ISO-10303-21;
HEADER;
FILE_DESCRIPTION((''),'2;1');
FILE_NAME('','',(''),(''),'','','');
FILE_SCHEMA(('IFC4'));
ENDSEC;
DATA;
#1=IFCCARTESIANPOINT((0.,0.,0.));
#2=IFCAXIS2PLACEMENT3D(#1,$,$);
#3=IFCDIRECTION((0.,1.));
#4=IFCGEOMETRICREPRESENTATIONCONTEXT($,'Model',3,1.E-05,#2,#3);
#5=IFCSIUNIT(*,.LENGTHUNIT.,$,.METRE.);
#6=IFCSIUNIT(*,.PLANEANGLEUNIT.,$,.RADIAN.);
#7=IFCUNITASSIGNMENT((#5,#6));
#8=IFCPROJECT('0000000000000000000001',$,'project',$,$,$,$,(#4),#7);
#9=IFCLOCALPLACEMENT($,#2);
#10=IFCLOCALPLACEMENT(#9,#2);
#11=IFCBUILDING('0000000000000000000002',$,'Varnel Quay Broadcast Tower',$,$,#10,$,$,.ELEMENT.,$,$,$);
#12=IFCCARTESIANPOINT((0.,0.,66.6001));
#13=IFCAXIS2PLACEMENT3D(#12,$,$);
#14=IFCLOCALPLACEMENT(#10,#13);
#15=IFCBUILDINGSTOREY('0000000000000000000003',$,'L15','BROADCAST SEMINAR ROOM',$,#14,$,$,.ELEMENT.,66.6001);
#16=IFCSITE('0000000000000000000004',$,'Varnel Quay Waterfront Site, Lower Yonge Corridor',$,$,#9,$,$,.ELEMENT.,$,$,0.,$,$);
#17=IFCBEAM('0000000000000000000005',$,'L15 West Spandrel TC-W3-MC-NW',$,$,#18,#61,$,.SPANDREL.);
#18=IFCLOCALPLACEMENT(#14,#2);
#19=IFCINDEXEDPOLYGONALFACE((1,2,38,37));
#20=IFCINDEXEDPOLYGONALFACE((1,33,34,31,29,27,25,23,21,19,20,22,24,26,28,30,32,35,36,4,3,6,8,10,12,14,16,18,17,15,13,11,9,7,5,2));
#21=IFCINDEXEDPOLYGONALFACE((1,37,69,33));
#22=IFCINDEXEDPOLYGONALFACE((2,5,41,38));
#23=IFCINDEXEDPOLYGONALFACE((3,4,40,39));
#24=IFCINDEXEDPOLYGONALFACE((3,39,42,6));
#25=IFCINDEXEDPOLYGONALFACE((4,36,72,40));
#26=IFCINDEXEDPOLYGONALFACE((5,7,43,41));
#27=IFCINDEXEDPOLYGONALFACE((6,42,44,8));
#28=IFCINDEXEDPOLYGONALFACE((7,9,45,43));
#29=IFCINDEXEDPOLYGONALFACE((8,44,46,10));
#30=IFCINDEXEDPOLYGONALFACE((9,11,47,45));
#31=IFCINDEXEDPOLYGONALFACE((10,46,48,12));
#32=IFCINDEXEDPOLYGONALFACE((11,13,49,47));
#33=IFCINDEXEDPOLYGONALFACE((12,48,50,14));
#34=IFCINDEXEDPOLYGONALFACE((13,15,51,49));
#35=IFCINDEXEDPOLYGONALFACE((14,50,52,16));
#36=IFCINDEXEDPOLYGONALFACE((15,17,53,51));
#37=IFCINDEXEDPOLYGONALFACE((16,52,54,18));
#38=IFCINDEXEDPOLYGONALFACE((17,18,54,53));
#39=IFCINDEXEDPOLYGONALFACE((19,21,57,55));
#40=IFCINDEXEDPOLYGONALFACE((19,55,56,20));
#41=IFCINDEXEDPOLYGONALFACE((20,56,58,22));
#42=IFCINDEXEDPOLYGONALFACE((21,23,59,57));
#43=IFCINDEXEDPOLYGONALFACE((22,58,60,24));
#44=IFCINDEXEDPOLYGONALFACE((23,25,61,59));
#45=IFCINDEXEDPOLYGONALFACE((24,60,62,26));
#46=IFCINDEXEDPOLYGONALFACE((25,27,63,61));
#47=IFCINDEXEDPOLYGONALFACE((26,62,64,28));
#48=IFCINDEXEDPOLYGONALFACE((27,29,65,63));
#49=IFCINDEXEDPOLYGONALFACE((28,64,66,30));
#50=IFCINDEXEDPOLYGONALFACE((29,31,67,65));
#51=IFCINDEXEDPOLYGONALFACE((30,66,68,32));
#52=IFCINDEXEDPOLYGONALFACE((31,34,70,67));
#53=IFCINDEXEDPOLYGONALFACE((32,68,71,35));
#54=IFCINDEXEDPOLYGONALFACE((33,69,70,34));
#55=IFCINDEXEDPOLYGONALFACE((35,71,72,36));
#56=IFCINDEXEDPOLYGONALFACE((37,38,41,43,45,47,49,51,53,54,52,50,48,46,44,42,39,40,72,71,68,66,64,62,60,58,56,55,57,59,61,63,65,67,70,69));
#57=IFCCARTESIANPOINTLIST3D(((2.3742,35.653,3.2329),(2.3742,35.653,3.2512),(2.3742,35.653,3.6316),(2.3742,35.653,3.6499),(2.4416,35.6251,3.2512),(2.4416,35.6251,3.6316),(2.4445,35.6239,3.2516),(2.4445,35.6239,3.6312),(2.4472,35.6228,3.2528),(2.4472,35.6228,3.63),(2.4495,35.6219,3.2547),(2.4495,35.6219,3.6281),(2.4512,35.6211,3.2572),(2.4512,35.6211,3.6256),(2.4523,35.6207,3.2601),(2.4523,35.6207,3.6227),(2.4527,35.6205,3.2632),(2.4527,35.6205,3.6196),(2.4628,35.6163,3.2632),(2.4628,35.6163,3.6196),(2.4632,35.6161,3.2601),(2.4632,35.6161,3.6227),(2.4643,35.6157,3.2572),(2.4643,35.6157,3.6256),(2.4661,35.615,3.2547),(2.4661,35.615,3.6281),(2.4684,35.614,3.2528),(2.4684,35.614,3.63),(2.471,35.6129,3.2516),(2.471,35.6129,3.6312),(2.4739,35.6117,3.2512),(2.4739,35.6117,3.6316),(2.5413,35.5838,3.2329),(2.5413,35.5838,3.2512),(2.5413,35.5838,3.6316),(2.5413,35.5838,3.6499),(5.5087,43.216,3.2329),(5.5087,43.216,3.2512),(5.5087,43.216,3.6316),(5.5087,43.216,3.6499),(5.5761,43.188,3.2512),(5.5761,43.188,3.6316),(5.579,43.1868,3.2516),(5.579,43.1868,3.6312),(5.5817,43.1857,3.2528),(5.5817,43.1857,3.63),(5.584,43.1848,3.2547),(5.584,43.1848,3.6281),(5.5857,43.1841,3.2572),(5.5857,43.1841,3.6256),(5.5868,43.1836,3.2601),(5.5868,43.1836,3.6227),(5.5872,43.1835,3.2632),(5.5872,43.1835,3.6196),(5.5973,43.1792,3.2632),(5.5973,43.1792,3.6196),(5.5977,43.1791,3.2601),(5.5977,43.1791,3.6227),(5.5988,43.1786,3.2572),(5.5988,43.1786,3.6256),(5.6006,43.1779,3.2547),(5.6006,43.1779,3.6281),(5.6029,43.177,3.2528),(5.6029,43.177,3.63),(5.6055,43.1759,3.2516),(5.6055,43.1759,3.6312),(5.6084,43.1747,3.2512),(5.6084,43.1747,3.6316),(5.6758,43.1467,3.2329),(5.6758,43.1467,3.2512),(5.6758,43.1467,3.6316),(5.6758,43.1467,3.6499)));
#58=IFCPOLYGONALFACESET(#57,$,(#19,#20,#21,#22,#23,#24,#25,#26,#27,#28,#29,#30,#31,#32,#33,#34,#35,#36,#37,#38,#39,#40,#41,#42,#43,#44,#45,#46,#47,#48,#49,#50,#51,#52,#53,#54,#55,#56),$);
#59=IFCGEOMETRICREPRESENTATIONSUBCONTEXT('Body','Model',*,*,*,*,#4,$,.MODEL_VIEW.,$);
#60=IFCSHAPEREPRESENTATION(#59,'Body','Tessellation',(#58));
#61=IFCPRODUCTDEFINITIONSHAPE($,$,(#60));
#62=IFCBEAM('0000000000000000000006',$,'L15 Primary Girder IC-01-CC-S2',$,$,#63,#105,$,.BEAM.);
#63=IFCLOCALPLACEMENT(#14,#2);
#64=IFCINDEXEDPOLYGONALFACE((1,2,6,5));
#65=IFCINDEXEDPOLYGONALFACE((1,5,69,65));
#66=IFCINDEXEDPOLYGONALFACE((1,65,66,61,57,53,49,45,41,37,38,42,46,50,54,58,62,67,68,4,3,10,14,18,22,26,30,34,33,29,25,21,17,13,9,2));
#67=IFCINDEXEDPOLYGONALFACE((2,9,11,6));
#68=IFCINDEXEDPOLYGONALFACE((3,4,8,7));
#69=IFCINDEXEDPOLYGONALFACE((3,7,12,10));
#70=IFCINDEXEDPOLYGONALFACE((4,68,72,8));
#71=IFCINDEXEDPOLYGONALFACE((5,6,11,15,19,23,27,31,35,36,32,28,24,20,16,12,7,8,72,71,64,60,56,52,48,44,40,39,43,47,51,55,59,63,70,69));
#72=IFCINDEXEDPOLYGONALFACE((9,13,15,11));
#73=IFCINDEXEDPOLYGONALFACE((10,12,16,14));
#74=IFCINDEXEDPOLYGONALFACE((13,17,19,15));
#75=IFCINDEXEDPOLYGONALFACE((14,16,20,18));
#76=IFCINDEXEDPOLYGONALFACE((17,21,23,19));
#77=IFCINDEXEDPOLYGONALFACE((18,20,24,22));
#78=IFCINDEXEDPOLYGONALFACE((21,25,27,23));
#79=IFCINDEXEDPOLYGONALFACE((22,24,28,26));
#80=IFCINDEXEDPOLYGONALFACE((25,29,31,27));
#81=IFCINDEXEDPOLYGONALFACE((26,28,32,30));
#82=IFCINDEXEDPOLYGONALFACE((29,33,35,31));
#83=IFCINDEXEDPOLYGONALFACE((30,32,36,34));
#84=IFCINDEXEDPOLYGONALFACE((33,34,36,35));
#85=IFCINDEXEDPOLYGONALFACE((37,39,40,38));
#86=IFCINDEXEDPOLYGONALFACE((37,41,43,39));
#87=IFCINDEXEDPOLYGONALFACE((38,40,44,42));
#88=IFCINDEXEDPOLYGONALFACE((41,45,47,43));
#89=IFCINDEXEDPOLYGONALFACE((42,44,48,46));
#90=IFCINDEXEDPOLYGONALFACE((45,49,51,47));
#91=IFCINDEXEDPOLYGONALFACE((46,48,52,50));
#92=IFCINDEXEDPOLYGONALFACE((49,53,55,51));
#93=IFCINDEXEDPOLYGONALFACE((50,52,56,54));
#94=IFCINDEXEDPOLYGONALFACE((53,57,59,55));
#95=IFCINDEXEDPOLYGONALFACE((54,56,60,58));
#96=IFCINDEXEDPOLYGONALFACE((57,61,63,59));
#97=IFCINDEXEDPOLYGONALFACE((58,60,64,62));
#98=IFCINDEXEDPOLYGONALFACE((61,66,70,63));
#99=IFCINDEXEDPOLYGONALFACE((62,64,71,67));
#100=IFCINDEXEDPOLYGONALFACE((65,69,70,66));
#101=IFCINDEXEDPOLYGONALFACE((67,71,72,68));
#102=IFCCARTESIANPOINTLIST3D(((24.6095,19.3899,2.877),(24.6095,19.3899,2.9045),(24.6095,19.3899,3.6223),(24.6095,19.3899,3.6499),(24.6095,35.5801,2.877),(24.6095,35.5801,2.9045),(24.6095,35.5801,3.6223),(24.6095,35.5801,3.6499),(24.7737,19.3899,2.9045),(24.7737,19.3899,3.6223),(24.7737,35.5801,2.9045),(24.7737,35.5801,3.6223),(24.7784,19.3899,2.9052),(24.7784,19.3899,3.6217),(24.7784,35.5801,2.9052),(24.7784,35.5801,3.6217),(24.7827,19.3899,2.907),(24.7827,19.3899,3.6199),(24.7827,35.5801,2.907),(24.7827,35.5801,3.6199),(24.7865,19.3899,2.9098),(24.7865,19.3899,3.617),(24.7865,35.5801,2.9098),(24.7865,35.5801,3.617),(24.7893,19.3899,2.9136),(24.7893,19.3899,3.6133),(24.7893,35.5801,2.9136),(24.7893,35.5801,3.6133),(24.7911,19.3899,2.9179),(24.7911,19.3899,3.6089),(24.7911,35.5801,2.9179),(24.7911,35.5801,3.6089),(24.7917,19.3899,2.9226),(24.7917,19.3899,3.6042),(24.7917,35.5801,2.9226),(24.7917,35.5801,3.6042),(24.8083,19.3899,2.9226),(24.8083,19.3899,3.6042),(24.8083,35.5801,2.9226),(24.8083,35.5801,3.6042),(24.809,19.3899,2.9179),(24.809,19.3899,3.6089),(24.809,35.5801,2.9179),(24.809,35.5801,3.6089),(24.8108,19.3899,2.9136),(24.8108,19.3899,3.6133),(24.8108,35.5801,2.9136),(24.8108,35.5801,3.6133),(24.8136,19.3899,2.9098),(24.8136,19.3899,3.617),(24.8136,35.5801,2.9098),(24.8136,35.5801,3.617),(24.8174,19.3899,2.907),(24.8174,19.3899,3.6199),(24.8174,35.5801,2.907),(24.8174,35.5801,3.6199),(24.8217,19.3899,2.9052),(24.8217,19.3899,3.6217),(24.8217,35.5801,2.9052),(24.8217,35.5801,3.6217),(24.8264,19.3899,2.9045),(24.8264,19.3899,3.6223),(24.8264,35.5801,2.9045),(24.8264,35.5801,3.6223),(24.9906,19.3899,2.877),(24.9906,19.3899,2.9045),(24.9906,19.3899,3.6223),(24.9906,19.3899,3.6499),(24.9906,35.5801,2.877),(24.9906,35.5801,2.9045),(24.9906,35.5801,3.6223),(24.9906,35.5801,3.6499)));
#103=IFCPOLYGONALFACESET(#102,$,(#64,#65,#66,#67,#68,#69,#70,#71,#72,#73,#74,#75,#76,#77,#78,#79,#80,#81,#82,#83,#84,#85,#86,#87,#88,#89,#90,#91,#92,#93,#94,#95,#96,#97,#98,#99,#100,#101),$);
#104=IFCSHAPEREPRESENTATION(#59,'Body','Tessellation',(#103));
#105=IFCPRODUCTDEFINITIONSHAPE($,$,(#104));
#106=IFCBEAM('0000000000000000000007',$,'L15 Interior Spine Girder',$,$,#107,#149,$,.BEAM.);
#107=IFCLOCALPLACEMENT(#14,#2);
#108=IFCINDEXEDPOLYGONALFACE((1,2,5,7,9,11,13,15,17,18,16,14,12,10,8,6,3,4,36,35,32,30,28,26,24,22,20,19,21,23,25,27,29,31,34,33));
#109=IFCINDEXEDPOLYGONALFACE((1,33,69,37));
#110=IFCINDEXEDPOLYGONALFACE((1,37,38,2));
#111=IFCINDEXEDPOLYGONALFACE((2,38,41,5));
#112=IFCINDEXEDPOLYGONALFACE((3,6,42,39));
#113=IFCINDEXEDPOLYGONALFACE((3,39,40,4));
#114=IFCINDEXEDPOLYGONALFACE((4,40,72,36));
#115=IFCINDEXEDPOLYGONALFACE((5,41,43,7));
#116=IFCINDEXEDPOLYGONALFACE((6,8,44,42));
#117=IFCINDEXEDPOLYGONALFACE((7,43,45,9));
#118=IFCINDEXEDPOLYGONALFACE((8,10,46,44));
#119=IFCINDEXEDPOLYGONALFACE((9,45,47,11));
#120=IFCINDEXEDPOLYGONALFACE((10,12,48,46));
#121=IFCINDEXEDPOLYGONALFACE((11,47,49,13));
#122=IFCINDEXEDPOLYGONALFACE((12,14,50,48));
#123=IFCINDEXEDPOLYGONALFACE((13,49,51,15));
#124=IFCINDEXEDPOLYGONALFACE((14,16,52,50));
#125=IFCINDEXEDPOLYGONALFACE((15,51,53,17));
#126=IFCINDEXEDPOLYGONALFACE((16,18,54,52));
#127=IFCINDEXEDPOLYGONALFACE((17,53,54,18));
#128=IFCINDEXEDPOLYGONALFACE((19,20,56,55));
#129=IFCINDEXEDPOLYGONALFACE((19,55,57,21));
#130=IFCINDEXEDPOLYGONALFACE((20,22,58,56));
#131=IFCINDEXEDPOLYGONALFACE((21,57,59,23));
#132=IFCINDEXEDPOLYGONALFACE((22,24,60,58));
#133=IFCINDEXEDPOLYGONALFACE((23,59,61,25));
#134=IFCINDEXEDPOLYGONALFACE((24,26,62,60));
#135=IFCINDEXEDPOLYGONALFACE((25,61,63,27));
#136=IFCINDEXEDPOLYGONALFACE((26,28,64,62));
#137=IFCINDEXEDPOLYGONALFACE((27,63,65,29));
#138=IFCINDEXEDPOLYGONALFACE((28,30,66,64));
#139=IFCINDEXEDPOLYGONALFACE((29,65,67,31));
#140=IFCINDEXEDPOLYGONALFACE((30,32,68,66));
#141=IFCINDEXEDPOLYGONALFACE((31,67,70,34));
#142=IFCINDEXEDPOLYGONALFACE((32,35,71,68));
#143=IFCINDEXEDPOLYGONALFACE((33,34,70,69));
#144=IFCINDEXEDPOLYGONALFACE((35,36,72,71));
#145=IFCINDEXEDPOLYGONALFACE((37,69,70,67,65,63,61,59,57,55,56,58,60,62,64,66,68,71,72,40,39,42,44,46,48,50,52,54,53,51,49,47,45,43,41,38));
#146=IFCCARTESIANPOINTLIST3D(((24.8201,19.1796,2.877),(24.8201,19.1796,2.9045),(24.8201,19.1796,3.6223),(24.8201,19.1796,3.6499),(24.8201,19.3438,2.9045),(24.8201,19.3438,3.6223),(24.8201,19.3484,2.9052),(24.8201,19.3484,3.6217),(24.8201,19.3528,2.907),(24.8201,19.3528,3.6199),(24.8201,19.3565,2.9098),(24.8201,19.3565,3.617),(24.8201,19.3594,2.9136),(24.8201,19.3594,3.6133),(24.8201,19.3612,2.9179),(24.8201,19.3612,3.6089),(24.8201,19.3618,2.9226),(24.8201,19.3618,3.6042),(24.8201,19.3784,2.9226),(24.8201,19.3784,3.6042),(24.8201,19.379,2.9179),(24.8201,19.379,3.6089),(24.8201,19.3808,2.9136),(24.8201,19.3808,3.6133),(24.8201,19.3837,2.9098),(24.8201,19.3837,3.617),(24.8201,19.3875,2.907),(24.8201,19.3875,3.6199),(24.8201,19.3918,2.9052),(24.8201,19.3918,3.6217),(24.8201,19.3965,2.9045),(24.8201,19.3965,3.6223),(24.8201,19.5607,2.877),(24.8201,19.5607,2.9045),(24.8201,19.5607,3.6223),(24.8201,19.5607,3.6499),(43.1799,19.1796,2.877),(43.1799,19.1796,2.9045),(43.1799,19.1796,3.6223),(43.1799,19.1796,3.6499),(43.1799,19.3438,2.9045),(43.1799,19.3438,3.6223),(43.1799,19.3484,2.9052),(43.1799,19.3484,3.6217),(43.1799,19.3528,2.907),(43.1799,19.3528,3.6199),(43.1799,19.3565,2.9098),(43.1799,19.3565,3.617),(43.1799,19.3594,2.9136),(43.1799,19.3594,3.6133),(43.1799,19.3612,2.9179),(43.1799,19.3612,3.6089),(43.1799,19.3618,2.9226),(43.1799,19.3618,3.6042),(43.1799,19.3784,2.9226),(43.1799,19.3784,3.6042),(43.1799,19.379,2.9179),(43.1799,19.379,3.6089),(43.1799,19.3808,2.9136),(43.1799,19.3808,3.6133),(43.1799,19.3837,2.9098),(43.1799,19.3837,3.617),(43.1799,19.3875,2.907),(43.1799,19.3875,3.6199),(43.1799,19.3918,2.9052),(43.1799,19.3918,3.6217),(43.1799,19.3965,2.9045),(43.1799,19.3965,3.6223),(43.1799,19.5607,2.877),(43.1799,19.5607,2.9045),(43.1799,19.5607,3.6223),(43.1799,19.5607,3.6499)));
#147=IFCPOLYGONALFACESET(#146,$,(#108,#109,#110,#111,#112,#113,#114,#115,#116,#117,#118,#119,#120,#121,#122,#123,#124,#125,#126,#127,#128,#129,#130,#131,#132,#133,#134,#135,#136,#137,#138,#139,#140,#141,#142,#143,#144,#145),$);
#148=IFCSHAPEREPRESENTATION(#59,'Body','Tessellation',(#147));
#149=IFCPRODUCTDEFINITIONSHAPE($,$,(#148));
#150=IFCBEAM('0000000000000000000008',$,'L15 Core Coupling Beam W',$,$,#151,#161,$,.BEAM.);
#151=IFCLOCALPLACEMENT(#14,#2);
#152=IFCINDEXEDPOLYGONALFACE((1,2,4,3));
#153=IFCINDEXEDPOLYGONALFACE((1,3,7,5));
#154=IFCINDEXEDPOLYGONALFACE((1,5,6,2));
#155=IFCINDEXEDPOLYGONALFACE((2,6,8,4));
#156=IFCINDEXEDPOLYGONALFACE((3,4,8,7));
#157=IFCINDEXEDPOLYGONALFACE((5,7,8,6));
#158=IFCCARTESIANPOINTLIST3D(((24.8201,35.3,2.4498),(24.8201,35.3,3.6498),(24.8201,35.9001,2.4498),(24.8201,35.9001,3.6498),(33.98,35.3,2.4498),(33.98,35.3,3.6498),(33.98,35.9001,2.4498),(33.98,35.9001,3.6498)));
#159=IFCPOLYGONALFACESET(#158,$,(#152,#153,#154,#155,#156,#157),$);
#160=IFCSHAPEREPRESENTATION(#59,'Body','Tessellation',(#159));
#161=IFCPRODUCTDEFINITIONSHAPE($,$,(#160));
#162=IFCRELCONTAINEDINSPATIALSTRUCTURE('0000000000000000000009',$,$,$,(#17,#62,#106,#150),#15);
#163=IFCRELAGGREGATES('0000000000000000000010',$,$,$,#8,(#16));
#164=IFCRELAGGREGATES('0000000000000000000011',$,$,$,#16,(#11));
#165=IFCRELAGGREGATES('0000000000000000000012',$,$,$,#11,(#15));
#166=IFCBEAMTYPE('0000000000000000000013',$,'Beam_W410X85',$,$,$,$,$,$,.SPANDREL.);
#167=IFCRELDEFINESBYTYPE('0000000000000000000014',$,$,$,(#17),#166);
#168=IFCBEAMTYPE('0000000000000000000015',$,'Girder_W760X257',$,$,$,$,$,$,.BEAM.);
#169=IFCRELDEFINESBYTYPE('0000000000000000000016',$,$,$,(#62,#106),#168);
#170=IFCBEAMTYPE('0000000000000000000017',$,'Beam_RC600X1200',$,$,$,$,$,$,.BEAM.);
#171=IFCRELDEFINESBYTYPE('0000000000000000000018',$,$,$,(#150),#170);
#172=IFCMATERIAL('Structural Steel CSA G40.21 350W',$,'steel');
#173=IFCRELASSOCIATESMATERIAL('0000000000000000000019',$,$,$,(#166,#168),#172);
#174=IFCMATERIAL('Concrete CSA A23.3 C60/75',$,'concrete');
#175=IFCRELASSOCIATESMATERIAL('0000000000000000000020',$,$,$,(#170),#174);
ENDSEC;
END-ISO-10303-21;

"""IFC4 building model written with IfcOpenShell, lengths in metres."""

from ifc_helpers import new_model, si_unit, direction, frame, origin, origin_2d, place, context, subcontext, project, spatial, rectangle, i_section, extrude, source, transform, mapped, material, material_profile, profile_set, type_object, type_shapes, element, save


model = new_model("IFC4")

# Units and contexts
model_context = context("Model", 3, precision=1e-05, world=origin(), true_north=direction((0.0, 1.0)))
body_context = subcontext(model_context, "Body", "Model", "MODEL_VIEW")
ifc_project = project(units=[si_unit("LENGTHUNIT", "METRE"), si_unit("PLANEANGLEUNIT", "RADIAN")], contexts=[model_context])

# Site, building, storey
site_placement = place(None, origin())
site = spatial("IfcSite", under=ifc_project, at=site_placement, Name="Varnel Quay Waterfront Site, Lower Yonge Corridor", CompositionType="ELEMENT", RefElevation=0.0)
building_placement = place(site_placement, origin())
building = spatial("IfcBuilding", under=site, at=building_placement, Name="Varnel Quay Broadcast Tower", CompositionType="ELEMENT")
storey_placement = place(building_placement, frame((0.0, 0.0, 66.6001)))
storey = spatial("IfcBuildingStorey", under=building, at=storey_placement, Name="L15", Description="BROADCAST SEMINAR ROOM", CompositionType="ELEMENT", Elevation=66.6001)

# Shared definitions
ifc_material_1 = material(Name="Structural Steel CSA G40.21 350W", Category="steel")
ifc_material_2 = material(Name="Concrete CSA A23.3 C60/75", Category="concrete")

# Beams
ifc_material_profile_1 = material_profile(ifc_material_1, i_section(OverallWidth=0.1809, OverallDepth=0.417, WebThickness=0.011, FlangeThickness=0.0183, FilletRadius=0.012, at=origin_2d()), Name="W410X85")
ifc_profile_set_1 = profile_set([ifc_material_profile_1], Name="Structural Steel CSA G40.21 350W")
beam_type_1 = type_object("IfcBeamType", Name="Beam_W410X85", PredefinedType="SPANDREL", material=ifc_profile_set_1)
shared_shape_1 = source(origin(), body_context, "Body", "SweptSolid", [
    extrude(i_section(OverallWidth=0.1809, OverallDepth=0.417, WebThickness=0.011, FlangeThickness=0.0183, FilletRadius=0.012, at=origin_2d()), origin(), (0.0, 0.0, 1.0), 8.1868),
])
beam_1_placement = place(storey_placement, frame((2.4578, 35.6184, 3.4414), z_axis=(0.382874, 0.923801, 0.0), x_axis=(-0.923801, 0.382874, 0.0)))
element("IfcBeam", 1, at=beam_1_placement, inside=storey, type_object=beam_type_1, Name="L15 West Spandrel TC-W3-MC-NW", PredefinedType="SPANDREL", context=body_context, shape_type="MappedRepresentation", body=[
    mapped(shared_shape_1, transform((0.0, 0.0, 0.0), x_axis=(1.0, 0.0, 0.0), y_axis=(0.0, 1.0, 0.0), z_axis=(0.0, 0.0, 1.0), scale=1.0)),
])
ifc_material_profile_2 = material_profile(ifc_material_1, i_section(OverallWidth=0.3811, OverallDepth=0.7729, WebThickness=0.0166, FlangeThickness=0.0276, FilletRadius=0.0181, at=origin_2d()), Name="W760X257")
ifc_profile_set_2 = profile_set([ifc_material_profile_2], Name="Structural Steel CSA G40.21 350W")
beam_type_2 = type_object("IfcBeamType", Name="Girder_W760X257", PredefinedType="BEAM", material=ifc_profile_set_2)
shared_shape_2 = source(origin(), body_context, "Body", "SweptSolid", [
    extrude(i_section(OverallWidth=0.3811, OverallDepth=0.7729, WebThickness=0.0166, FlangeThickness=0.0276, FilletRadius=0.0181, at=origin_2d()), origin(), (0.0, 0.0, 1.0), 16.1902),
])
beam_2_placement = place(storey_placement, frame((24.8, 19.3899, 3.2634), z_axis=(0.0, 1.0, 0.0), x_axis=(-1.0, 0.0, 0.0)))
element("IfcBeam", 2, at=beam_2_placement, inside=storey, type_object=beam_type_2, Name="L15 Primary Girder IC-01-CC-S2", PredefinedType="BEAM", context=body_context, shape_type="MappedRepresentation", body=[
    mapped(shared_shape_2, transform((0.0, 0.0, 0.0), x_axis=(1.0, 0.0, 0.0), y_axis=(0.0, 1.0, 0.0), z_axis=(0.0, 0.0, 1.0), scale=1.0)),
])
shared_shape_3 = source(origin(), body_context, "Body", "SweptSolid", [
    extrude(i_section(OverallWidth=0.3811, OverallDepth=0.7729, WebThickness=0.0166, FlangeThickness=0.0276, FilletRadius=0.0181, at=origin_2d()), origin(), (0.0, 0.0, 1.0), 18.3599),
])
type_shapes(beam_type_2, [shared_shape_2, shared_shape_3])
beam_3_placement = place(storey_placement, frame((24.8201, 19.3701, 3.2634), z_axis=(1.0, 0.0, 0.0), x_axis=(0.0, 1.0, 0.0)))
element("IfcBeam", 3, at=beam_3_placement, inside=storey, type_object=beam_type_2, Name="L15 Interior Spine Girder", PredefinedType="BEAM", context=body_context, shape_type="MappedRepresentation", body=[
    mapped(shared_shape_3, transform((0.0, 0.0, 0.0), x_axis=(1.0, 0.0, 0.0), y_axis=(0.0, 1.0, 0.0), z_axis=(0.0, 0.0, 1.0), scale=1.0)),
])
ifc_material_profile_3 = material_profile(ifc_material_2, rectangle(XDim=0.6001, YDim=1.2, at=origin_2d()), Name="RC600X1200")
ifc_profile_set_3 = profile_set([ifc_material_profile_3], Name="Concrete CSA A23.3 C60/75")
beam_type_3 = type_object("IfcBeamType", Name="Beam_RC600X1200", PredefinedType="BEAM", material=ifc_profile_set_3)
shared_shape_4 = source(origin(), body_context, "Body", "SweptSolid", [
    extrude(rectangle(XDim=0.6001, YDim=1.2, at=origin_2d()), origin(), (0.0, 0.0, 1.0), 9.1599),
])
type_shapes(beam_type_3, [shared_shape_4])
beam_4_placement = place(storey_placement, frame((24.8201, 35.6001, 3.0498), z_axis=(1.0, 0.0, 0.0), x_axis=(0.0, 1.0, 0.0)))
element("IfcBeam", 4, at=beam_4_placement, inside=storey, type_object=beam_type_3, Name="L15 Core Coupling Beam W", PredefinedType="BEAM", context=body_context, shape_type="MappedRepresentation", body=[
    mapped(shared_shape_4, transform((0.0, 0.0, 0.0), x_axis=(1.0, 0.0, 0.0), y_axis=(0.0, 1.0, 0.0), z_axis=(0.0, 0.0, 1.0), scale=1.0)),
])

save(model, "model.ifc")
